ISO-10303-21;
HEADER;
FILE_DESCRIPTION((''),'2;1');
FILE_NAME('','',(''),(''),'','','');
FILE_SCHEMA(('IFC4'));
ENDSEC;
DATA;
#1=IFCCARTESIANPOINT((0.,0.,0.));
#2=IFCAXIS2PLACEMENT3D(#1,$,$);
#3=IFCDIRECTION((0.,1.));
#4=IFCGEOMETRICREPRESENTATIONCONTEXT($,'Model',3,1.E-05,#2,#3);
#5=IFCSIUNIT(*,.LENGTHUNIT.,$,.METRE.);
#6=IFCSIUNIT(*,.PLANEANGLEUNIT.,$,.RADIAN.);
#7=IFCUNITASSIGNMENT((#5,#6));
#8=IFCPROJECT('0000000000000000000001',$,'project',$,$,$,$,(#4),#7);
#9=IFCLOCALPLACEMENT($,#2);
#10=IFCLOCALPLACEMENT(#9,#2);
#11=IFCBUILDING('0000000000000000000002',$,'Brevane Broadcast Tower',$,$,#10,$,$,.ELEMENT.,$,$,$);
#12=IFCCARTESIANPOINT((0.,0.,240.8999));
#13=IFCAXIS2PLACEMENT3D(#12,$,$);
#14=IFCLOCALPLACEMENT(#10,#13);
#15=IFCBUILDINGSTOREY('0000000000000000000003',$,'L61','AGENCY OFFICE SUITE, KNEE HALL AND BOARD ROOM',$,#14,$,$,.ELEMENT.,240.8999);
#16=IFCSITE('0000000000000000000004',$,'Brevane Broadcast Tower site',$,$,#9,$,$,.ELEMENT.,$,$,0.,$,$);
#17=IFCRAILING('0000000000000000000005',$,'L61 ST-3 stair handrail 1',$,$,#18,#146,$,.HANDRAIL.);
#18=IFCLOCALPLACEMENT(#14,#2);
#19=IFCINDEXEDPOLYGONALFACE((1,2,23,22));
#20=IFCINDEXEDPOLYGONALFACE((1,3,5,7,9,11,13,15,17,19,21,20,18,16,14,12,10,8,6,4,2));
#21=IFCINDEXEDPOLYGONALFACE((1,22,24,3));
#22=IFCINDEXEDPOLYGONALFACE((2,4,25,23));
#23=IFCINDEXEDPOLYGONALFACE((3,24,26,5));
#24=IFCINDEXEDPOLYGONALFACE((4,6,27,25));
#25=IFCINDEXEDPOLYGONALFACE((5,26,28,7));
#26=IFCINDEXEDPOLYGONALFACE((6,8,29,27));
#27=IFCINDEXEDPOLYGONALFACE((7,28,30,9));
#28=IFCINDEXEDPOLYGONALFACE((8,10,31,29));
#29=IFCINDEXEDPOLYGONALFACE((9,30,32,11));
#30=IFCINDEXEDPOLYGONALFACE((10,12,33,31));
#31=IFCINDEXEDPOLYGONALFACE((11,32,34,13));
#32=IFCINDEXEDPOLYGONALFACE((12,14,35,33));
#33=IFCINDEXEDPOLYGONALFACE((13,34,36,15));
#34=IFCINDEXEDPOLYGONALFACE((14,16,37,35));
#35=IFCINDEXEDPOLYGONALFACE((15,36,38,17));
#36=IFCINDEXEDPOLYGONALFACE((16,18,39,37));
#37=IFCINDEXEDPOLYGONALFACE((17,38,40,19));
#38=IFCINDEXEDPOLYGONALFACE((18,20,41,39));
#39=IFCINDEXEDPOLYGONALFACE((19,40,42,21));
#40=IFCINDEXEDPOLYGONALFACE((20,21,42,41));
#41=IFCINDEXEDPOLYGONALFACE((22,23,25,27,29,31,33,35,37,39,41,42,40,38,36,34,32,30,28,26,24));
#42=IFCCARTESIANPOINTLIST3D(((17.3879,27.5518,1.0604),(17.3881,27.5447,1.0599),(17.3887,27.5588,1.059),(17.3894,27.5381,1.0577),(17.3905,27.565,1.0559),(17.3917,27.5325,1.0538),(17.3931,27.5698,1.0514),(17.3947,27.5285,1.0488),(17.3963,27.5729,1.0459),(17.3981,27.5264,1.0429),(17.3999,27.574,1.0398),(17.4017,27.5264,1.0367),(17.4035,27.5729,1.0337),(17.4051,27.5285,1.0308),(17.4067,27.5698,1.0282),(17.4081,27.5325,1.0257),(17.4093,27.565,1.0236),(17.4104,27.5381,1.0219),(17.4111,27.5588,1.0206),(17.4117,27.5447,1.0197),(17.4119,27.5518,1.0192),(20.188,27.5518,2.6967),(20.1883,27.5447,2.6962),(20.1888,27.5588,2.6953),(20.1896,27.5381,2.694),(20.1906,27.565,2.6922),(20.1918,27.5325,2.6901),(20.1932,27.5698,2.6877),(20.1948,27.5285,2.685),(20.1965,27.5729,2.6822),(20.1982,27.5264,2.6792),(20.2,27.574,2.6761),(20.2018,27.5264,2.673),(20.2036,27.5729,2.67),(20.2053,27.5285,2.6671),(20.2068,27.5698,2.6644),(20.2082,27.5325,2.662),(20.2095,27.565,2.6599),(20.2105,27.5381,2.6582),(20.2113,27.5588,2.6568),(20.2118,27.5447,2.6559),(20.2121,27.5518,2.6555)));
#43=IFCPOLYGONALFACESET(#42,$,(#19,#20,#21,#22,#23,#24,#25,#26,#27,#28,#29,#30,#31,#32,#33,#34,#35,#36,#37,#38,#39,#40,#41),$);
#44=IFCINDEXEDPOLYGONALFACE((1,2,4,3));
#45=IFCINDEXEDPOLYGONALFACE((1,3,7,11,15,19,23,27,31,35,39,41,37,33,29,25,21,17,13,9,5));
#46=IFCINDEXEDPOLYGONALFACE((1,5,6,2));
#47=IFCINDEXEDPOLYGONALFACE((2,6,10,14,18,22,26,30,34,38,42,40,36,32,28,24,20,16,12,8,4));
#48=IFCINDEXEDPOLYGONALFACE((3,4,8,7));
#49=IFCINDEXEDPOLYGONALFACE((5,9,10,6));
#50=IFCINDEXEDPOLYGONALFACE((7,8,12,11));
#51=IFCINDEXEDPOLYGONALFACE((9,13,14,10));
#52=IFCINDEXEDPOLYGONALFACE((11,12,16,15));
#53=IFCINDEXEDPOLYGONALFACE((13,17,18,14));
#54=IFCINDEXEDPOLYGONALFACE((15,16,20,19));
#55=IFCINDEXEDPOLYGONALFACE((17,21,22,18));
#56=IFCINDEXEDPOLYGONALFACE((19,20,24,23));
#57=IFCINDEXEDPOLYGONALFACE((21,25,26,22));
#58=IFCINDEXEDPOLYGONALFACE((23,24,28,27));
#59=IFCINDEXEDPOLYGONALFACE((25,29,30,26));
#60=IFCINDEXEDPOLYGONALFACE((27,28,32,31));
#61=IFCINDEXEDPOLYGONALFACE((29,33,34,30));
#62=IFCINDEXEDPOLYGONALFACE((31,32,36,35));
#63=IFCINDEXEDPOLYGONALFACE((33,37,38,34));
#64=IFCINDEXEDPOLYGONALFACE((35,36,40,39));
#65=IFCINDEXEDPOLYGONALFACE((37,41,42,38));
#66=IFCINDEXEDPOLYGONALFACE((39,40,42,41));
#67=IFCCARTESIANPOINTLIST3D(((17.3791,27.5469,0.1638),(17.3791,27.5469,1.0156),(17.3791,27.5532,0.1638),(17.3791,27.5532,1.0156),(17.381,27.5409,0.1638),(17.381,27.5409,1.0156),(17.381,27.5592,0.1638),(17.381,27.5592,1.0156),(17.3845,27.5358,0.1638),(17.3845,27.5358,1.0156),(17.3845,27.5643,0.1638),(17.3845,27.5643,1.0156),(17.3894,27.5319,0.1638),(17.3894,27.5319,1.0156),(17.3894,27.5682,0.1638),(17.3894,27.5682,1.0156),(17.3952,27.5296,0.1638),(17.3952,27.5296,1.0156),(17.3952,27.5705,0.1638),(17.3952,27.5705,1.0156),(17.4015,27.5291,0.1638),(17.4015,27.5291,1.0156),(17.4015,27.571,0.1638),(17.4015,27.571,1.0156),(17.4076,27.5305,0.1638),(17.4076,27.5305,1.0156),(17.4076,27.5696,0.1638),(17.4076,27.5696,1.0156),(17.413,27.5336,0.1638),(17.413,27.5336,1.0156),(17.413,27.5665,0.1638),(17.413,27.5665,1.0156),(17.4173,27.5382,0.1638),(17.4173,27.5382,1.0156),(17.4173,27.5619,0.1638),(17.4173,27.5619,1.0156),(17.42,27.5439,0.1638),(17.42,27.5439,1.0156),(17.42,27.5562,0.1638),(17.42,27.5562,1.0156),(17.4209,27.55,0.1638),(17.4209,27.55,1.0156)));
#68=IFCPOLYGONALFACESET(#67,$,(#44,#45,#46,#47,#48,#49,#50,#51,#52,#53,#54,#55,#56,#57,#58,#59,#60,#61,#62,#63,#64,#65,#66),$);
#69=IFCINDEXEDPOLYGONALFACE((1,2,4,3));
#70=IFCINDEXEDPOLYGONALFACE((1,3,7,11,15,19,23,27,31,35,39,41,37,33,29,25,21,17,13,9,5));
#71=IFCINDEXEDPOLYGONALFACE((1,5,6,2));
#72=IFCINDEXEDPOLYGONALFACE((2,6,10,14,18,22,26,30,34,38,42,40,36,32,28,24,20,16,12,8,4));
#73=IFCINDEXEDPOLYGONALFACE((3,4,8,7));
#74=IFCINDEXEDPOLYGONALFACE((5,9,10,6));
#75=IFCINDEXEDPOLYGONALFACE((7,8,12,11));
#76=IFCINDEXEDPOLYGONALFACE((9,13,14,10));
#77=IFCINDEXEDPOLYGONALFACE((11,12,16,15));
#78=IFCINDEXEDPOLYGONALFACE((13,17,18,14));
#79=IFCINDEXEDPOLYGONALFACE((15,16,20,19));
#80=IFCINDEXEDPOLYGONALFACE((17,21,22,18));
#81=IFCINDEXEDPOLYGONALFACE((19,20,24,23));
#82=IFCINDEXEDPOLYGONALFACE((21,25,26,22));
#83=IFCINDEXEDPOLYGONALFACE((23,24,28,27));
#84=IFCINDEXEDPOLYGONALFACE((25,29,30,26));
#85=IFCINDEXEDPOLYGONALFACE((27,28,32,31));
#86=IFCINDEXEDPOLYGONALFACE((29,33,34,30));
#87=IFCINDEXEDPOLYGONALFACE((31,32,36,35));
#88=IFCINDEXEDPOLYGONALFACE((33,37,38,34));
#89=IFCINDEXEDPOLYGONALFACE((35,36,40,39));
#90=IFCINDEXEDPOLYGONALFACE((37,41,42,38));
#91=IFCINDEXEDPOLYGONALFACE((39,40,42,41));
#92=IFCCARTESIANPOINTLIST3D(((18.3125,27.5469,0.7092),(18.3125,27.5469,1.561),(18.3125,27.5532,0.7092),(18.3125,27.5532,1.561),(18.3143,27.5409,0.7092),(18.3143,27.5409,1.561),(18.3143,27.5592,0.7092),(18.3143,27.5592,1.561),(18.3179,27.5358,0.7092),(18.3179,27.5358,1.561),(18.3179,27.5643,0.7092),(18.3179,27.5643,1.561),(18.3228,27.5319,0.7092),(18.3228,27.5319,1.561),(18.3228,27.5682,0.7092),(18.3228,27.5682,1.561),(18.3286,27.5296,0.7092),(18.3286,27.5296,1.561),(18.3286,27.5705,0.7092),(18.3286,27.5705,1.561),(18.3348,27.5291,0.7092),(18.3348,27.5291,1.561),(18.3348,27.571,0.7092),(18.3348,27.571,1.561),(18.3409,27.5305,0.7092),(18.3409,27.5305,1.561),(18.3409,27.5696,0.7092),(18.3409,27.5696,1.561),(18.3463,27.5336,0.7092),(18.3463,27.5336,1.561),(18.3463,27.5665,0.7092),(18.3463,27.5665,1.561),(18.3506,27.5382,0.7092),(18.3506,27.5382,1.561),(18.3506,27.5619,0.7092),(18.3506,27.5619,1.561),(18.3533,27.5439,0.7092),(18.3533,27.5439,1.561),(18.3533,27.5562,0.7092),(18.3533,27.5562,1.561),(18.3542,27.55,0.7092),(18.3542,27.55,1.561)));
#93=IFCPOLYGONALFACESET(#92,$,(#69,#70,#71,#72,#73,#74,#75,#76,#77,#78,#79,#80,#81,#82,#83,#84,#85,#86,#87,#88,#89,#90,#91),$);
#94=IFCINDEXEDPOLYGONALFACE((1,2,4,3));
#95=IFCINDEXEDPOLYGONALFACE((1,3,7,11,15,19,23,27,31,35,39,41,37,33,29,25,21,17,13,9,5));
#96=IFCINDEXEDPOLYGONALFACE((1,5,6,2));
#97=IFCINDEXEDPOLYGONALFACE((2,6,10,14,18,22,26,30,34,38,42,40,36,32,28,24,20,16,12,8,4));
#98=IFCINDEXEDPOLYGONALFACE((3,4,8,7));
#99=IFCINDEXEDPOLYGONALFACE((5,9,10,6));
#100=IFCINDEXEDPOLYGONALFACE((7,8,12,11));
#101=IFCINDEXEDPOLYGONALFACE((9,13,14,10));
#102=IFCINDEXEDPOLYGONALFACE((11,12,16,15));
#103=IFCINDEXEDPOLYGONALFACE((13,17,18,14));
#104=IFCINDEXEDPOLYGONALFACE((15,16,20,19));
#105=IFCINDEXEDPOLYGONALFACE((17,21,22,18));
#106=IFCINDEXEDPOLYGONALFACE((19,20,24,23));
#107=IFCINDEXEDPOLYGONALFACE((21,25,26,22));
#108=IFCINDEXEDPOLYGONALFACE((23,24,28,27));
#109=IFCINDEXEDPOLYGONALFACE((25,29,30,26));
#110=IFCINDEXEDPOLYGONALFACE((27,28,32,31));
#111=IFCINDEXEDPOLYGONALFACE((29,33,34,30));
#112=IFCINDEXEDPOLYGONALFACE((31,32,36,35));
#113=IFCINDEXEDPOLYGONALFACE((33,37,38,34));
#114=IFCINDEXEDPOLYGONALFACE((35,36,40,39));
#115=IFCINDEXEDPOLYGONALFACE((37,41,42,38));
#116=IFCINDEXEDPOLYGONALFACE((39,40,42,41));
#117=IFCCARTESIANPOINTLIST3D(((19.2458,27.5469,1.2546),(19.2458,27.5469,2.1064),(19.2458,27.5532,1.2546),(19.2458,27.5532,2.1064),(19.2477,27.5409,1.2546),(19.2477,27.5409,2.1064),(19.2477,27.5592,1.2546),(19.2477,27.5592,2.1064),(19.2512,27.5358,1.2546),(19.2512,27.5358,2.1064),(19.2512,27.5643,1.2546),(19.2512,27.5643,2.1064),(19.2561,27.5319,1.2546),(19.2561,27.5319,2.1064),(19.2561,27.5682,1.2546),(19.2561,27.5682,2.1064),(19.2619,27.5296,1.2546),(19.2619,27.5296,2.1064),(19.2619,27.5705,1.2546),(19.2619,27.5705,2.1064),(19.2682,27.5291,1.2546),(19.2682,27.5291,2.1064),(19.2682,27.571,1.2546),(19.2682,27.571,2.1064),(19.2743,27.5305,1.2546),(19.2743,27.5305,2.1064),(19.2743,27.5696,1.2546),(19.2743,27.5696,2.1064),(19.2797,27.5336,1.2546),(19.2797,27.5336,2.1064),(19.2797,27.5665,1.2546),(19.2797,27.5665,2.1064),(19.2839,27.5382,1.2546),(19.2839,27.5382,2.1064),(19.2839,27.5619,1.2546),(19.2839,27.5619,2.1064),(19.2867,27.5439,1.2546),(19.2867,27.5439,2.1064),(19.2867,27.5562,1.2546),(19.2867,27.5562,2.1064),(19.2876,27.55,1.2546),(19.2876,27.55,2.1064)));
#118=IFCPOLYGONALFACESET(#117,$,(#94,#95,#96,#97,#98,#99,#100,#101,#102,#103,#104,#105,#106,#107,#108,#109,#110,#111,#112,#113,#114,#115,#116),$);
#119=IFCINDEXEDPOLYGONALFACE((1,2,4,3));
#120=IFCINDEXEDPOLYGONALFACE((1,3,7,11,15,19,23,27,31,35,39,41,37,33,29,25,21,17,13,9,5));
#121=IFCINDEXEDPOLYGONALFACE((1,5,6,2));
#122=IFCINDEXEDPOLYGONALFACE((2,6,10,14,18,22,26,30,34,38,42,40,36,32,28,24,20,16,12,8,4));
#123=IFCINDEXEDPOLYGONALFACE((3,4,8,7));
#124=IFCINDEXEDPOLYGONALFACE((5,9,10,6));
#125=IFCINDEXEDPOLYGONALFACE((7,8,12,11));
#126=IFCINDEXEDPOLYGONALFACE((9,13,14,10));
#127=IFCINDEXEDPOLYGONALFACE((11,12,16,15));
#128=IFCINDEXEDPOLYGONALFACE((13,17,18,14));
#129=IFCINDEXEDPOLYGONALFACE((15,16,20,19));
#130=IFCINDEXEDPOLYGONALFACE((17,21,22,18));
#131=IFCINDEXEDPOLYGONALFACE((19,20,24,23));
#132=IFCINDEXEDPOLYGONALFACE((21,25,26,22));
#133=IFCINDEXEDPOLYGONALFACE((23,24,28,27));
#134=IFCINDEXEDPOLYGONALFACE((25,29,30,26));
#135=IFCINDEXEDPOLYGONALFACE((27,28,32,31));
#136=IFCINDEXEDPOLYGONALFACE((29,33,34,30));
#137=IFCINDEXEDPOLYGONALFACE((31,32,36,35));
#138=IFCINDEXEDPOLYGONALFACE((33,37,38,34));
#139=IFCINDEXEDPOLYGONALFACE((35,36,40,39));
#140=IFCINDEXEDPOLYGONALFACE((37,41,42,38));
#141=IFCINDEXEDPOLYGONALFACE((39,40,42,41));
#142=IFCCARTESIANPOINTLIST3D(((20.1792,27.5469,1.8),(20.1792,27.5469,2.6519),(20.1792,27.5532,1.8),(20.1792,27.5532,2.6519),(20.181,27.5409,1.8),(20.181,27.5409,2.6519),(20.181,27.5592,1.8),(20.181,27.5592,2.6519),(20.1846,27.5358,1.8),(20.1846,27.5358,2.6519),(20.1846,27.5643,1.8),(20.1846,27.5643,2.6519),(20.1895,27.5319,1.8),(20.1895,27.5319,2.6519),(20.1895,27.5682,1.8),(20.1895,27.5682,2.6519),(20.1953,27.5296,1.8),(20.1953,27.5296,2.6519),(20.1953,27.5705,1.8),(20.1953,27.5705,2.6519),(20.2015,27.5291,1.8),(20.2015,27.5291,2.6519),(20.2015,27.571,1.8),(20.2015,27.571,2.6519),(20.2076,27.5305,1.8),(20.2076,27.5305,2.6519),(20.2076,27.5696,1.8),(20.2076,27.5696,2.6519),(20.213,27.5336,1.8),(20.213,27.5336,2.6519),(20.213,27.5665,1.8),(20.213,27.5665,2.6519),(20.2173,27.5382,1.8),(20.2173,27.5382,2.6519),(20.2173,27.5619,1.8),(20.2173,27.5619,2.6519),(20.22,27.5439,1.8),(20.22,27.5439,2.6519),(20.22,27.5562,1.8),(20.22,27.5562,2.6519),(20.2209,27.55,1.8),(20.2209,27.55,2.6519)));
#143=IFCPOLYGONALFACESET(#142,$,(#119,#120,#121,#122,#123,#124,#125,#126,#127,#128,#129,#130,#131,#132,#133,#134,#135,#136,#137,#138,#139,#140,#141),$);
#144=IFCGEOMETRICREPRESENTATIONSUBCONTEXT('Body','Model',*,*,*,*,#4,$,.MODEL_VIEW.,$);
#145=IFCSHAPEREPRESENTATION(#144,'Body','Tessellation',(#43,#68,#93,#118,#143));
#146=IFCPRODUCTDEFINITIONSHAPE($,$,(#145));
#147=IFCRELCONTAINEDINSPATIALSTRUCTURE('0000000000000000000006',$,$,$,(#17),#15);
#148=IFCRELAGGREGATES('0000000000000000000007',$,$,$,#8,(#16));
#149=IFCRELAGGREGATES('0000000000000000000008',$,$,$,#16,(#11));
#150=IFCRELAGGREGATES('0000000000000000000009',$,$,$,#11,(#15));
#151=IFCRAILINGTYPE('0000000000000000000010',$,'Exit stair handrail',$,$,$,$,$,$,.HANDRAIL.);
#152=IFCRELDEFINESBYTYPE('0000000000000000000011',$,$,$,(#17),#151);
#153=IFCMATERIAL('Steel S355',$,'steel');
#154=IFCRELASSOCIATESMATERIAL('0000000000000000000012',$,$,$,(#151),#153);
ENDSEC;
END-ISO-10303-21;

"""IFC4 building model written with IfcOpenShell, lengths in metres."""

from ifc_helpers import new_model, si_unit, direction, frame, origin, origin_2d, place, context, subcontext, project, spatial, circle, extrude, material, type_object, element, save


model = new_model("IFC4")

# Units and contexts
model_context = context("Model", 3, precision=1e-05, world=origin(), true_north=direction((0.0, 1.0)))
body_context = subcontext(model_context, "Body", "Model", "MODEL_VIEW")
ifc_project = project(units=[si_unit("LENGTHUNIT", "METRE"), si_unit("PLANEANGLEUNIT", "RADIAN")], contexts=[model_context])

# Site, building, storey
site_placement = place(None, origin())
site = spatial("IfcSite", under=ifc_project, at=site_placement, Name="Brevane Broadcast Tower site", CompositionType="ELEMENT", RefElevation=0.0)
building_placement = place(site_placement, origin())
building = spatial("IfcBuilding", under=site, at=building_placement, Name="Brevane Broadcast Tower", CompositionType="ELEMENT")
storey_placement = place(building_placement, frame((0.0, 0.0, 240.8999)))
storey = spatial("IfcBuildingStorey", under=building, at=storey_placement, Name="L61", Description="AGENCY OFFICE SUITE, KNEE HALL AND BOARD ROOM", CompositionType="ELEMENT", Elevation=240.8999)

# Railing
ifc_material_1 = material(Name="Steel S355", Category="steel")
railing_type_1 = type_object("IfcRailingType", Name="Exit stair handrail", PredefinedType="HANDRAIL", material=ifc_material_1)
railing_1_placement = place(storey_placement, frame((17.3999, 27.55, 0.1638)))
element("IfcRailing", 1, at=railing_1_placement, inside=storey, type_object=railing_type_1, Name="L61 ST-3 stair handrail 1", PredefinedType="HANDRAIL", context=body_context, shape_type="SweptSolid", body=[
    extrude(circle(Radius=0.0239, at=origin_2d()), frame((0.0, 0.0, 0.876), z_axis=(0.863394, 0.0, 0.504531), x_axis=(0.0, 1.0, 0.0)), (0.0, 0.0, 1.0), 3.2432),
    extrude(circle(Radius=0.021, at=origin_2d()), origin(), (0.0, 0.0, 1.0), 0.8518),
    extrude(circle(Radius=0.021, at=origin_2d()), frame((0.9333, 0.0, 0.5454)), (0.0, 0.0, 1.0), 0.8518),
    extrude(circle(Radius=0.021, at=origin_2d()), frame((1.8667, 0.0, 1.0908)), (0.0, 0.0, 1.0), 0.8518),
    extrude(circle(Radius=0.021, at=origin_2d()), frame((2.8, 0.0, 1.6362)), (0.0, 0.0, 1.0), 0.8518),
])

save(model, "model.ifc")
